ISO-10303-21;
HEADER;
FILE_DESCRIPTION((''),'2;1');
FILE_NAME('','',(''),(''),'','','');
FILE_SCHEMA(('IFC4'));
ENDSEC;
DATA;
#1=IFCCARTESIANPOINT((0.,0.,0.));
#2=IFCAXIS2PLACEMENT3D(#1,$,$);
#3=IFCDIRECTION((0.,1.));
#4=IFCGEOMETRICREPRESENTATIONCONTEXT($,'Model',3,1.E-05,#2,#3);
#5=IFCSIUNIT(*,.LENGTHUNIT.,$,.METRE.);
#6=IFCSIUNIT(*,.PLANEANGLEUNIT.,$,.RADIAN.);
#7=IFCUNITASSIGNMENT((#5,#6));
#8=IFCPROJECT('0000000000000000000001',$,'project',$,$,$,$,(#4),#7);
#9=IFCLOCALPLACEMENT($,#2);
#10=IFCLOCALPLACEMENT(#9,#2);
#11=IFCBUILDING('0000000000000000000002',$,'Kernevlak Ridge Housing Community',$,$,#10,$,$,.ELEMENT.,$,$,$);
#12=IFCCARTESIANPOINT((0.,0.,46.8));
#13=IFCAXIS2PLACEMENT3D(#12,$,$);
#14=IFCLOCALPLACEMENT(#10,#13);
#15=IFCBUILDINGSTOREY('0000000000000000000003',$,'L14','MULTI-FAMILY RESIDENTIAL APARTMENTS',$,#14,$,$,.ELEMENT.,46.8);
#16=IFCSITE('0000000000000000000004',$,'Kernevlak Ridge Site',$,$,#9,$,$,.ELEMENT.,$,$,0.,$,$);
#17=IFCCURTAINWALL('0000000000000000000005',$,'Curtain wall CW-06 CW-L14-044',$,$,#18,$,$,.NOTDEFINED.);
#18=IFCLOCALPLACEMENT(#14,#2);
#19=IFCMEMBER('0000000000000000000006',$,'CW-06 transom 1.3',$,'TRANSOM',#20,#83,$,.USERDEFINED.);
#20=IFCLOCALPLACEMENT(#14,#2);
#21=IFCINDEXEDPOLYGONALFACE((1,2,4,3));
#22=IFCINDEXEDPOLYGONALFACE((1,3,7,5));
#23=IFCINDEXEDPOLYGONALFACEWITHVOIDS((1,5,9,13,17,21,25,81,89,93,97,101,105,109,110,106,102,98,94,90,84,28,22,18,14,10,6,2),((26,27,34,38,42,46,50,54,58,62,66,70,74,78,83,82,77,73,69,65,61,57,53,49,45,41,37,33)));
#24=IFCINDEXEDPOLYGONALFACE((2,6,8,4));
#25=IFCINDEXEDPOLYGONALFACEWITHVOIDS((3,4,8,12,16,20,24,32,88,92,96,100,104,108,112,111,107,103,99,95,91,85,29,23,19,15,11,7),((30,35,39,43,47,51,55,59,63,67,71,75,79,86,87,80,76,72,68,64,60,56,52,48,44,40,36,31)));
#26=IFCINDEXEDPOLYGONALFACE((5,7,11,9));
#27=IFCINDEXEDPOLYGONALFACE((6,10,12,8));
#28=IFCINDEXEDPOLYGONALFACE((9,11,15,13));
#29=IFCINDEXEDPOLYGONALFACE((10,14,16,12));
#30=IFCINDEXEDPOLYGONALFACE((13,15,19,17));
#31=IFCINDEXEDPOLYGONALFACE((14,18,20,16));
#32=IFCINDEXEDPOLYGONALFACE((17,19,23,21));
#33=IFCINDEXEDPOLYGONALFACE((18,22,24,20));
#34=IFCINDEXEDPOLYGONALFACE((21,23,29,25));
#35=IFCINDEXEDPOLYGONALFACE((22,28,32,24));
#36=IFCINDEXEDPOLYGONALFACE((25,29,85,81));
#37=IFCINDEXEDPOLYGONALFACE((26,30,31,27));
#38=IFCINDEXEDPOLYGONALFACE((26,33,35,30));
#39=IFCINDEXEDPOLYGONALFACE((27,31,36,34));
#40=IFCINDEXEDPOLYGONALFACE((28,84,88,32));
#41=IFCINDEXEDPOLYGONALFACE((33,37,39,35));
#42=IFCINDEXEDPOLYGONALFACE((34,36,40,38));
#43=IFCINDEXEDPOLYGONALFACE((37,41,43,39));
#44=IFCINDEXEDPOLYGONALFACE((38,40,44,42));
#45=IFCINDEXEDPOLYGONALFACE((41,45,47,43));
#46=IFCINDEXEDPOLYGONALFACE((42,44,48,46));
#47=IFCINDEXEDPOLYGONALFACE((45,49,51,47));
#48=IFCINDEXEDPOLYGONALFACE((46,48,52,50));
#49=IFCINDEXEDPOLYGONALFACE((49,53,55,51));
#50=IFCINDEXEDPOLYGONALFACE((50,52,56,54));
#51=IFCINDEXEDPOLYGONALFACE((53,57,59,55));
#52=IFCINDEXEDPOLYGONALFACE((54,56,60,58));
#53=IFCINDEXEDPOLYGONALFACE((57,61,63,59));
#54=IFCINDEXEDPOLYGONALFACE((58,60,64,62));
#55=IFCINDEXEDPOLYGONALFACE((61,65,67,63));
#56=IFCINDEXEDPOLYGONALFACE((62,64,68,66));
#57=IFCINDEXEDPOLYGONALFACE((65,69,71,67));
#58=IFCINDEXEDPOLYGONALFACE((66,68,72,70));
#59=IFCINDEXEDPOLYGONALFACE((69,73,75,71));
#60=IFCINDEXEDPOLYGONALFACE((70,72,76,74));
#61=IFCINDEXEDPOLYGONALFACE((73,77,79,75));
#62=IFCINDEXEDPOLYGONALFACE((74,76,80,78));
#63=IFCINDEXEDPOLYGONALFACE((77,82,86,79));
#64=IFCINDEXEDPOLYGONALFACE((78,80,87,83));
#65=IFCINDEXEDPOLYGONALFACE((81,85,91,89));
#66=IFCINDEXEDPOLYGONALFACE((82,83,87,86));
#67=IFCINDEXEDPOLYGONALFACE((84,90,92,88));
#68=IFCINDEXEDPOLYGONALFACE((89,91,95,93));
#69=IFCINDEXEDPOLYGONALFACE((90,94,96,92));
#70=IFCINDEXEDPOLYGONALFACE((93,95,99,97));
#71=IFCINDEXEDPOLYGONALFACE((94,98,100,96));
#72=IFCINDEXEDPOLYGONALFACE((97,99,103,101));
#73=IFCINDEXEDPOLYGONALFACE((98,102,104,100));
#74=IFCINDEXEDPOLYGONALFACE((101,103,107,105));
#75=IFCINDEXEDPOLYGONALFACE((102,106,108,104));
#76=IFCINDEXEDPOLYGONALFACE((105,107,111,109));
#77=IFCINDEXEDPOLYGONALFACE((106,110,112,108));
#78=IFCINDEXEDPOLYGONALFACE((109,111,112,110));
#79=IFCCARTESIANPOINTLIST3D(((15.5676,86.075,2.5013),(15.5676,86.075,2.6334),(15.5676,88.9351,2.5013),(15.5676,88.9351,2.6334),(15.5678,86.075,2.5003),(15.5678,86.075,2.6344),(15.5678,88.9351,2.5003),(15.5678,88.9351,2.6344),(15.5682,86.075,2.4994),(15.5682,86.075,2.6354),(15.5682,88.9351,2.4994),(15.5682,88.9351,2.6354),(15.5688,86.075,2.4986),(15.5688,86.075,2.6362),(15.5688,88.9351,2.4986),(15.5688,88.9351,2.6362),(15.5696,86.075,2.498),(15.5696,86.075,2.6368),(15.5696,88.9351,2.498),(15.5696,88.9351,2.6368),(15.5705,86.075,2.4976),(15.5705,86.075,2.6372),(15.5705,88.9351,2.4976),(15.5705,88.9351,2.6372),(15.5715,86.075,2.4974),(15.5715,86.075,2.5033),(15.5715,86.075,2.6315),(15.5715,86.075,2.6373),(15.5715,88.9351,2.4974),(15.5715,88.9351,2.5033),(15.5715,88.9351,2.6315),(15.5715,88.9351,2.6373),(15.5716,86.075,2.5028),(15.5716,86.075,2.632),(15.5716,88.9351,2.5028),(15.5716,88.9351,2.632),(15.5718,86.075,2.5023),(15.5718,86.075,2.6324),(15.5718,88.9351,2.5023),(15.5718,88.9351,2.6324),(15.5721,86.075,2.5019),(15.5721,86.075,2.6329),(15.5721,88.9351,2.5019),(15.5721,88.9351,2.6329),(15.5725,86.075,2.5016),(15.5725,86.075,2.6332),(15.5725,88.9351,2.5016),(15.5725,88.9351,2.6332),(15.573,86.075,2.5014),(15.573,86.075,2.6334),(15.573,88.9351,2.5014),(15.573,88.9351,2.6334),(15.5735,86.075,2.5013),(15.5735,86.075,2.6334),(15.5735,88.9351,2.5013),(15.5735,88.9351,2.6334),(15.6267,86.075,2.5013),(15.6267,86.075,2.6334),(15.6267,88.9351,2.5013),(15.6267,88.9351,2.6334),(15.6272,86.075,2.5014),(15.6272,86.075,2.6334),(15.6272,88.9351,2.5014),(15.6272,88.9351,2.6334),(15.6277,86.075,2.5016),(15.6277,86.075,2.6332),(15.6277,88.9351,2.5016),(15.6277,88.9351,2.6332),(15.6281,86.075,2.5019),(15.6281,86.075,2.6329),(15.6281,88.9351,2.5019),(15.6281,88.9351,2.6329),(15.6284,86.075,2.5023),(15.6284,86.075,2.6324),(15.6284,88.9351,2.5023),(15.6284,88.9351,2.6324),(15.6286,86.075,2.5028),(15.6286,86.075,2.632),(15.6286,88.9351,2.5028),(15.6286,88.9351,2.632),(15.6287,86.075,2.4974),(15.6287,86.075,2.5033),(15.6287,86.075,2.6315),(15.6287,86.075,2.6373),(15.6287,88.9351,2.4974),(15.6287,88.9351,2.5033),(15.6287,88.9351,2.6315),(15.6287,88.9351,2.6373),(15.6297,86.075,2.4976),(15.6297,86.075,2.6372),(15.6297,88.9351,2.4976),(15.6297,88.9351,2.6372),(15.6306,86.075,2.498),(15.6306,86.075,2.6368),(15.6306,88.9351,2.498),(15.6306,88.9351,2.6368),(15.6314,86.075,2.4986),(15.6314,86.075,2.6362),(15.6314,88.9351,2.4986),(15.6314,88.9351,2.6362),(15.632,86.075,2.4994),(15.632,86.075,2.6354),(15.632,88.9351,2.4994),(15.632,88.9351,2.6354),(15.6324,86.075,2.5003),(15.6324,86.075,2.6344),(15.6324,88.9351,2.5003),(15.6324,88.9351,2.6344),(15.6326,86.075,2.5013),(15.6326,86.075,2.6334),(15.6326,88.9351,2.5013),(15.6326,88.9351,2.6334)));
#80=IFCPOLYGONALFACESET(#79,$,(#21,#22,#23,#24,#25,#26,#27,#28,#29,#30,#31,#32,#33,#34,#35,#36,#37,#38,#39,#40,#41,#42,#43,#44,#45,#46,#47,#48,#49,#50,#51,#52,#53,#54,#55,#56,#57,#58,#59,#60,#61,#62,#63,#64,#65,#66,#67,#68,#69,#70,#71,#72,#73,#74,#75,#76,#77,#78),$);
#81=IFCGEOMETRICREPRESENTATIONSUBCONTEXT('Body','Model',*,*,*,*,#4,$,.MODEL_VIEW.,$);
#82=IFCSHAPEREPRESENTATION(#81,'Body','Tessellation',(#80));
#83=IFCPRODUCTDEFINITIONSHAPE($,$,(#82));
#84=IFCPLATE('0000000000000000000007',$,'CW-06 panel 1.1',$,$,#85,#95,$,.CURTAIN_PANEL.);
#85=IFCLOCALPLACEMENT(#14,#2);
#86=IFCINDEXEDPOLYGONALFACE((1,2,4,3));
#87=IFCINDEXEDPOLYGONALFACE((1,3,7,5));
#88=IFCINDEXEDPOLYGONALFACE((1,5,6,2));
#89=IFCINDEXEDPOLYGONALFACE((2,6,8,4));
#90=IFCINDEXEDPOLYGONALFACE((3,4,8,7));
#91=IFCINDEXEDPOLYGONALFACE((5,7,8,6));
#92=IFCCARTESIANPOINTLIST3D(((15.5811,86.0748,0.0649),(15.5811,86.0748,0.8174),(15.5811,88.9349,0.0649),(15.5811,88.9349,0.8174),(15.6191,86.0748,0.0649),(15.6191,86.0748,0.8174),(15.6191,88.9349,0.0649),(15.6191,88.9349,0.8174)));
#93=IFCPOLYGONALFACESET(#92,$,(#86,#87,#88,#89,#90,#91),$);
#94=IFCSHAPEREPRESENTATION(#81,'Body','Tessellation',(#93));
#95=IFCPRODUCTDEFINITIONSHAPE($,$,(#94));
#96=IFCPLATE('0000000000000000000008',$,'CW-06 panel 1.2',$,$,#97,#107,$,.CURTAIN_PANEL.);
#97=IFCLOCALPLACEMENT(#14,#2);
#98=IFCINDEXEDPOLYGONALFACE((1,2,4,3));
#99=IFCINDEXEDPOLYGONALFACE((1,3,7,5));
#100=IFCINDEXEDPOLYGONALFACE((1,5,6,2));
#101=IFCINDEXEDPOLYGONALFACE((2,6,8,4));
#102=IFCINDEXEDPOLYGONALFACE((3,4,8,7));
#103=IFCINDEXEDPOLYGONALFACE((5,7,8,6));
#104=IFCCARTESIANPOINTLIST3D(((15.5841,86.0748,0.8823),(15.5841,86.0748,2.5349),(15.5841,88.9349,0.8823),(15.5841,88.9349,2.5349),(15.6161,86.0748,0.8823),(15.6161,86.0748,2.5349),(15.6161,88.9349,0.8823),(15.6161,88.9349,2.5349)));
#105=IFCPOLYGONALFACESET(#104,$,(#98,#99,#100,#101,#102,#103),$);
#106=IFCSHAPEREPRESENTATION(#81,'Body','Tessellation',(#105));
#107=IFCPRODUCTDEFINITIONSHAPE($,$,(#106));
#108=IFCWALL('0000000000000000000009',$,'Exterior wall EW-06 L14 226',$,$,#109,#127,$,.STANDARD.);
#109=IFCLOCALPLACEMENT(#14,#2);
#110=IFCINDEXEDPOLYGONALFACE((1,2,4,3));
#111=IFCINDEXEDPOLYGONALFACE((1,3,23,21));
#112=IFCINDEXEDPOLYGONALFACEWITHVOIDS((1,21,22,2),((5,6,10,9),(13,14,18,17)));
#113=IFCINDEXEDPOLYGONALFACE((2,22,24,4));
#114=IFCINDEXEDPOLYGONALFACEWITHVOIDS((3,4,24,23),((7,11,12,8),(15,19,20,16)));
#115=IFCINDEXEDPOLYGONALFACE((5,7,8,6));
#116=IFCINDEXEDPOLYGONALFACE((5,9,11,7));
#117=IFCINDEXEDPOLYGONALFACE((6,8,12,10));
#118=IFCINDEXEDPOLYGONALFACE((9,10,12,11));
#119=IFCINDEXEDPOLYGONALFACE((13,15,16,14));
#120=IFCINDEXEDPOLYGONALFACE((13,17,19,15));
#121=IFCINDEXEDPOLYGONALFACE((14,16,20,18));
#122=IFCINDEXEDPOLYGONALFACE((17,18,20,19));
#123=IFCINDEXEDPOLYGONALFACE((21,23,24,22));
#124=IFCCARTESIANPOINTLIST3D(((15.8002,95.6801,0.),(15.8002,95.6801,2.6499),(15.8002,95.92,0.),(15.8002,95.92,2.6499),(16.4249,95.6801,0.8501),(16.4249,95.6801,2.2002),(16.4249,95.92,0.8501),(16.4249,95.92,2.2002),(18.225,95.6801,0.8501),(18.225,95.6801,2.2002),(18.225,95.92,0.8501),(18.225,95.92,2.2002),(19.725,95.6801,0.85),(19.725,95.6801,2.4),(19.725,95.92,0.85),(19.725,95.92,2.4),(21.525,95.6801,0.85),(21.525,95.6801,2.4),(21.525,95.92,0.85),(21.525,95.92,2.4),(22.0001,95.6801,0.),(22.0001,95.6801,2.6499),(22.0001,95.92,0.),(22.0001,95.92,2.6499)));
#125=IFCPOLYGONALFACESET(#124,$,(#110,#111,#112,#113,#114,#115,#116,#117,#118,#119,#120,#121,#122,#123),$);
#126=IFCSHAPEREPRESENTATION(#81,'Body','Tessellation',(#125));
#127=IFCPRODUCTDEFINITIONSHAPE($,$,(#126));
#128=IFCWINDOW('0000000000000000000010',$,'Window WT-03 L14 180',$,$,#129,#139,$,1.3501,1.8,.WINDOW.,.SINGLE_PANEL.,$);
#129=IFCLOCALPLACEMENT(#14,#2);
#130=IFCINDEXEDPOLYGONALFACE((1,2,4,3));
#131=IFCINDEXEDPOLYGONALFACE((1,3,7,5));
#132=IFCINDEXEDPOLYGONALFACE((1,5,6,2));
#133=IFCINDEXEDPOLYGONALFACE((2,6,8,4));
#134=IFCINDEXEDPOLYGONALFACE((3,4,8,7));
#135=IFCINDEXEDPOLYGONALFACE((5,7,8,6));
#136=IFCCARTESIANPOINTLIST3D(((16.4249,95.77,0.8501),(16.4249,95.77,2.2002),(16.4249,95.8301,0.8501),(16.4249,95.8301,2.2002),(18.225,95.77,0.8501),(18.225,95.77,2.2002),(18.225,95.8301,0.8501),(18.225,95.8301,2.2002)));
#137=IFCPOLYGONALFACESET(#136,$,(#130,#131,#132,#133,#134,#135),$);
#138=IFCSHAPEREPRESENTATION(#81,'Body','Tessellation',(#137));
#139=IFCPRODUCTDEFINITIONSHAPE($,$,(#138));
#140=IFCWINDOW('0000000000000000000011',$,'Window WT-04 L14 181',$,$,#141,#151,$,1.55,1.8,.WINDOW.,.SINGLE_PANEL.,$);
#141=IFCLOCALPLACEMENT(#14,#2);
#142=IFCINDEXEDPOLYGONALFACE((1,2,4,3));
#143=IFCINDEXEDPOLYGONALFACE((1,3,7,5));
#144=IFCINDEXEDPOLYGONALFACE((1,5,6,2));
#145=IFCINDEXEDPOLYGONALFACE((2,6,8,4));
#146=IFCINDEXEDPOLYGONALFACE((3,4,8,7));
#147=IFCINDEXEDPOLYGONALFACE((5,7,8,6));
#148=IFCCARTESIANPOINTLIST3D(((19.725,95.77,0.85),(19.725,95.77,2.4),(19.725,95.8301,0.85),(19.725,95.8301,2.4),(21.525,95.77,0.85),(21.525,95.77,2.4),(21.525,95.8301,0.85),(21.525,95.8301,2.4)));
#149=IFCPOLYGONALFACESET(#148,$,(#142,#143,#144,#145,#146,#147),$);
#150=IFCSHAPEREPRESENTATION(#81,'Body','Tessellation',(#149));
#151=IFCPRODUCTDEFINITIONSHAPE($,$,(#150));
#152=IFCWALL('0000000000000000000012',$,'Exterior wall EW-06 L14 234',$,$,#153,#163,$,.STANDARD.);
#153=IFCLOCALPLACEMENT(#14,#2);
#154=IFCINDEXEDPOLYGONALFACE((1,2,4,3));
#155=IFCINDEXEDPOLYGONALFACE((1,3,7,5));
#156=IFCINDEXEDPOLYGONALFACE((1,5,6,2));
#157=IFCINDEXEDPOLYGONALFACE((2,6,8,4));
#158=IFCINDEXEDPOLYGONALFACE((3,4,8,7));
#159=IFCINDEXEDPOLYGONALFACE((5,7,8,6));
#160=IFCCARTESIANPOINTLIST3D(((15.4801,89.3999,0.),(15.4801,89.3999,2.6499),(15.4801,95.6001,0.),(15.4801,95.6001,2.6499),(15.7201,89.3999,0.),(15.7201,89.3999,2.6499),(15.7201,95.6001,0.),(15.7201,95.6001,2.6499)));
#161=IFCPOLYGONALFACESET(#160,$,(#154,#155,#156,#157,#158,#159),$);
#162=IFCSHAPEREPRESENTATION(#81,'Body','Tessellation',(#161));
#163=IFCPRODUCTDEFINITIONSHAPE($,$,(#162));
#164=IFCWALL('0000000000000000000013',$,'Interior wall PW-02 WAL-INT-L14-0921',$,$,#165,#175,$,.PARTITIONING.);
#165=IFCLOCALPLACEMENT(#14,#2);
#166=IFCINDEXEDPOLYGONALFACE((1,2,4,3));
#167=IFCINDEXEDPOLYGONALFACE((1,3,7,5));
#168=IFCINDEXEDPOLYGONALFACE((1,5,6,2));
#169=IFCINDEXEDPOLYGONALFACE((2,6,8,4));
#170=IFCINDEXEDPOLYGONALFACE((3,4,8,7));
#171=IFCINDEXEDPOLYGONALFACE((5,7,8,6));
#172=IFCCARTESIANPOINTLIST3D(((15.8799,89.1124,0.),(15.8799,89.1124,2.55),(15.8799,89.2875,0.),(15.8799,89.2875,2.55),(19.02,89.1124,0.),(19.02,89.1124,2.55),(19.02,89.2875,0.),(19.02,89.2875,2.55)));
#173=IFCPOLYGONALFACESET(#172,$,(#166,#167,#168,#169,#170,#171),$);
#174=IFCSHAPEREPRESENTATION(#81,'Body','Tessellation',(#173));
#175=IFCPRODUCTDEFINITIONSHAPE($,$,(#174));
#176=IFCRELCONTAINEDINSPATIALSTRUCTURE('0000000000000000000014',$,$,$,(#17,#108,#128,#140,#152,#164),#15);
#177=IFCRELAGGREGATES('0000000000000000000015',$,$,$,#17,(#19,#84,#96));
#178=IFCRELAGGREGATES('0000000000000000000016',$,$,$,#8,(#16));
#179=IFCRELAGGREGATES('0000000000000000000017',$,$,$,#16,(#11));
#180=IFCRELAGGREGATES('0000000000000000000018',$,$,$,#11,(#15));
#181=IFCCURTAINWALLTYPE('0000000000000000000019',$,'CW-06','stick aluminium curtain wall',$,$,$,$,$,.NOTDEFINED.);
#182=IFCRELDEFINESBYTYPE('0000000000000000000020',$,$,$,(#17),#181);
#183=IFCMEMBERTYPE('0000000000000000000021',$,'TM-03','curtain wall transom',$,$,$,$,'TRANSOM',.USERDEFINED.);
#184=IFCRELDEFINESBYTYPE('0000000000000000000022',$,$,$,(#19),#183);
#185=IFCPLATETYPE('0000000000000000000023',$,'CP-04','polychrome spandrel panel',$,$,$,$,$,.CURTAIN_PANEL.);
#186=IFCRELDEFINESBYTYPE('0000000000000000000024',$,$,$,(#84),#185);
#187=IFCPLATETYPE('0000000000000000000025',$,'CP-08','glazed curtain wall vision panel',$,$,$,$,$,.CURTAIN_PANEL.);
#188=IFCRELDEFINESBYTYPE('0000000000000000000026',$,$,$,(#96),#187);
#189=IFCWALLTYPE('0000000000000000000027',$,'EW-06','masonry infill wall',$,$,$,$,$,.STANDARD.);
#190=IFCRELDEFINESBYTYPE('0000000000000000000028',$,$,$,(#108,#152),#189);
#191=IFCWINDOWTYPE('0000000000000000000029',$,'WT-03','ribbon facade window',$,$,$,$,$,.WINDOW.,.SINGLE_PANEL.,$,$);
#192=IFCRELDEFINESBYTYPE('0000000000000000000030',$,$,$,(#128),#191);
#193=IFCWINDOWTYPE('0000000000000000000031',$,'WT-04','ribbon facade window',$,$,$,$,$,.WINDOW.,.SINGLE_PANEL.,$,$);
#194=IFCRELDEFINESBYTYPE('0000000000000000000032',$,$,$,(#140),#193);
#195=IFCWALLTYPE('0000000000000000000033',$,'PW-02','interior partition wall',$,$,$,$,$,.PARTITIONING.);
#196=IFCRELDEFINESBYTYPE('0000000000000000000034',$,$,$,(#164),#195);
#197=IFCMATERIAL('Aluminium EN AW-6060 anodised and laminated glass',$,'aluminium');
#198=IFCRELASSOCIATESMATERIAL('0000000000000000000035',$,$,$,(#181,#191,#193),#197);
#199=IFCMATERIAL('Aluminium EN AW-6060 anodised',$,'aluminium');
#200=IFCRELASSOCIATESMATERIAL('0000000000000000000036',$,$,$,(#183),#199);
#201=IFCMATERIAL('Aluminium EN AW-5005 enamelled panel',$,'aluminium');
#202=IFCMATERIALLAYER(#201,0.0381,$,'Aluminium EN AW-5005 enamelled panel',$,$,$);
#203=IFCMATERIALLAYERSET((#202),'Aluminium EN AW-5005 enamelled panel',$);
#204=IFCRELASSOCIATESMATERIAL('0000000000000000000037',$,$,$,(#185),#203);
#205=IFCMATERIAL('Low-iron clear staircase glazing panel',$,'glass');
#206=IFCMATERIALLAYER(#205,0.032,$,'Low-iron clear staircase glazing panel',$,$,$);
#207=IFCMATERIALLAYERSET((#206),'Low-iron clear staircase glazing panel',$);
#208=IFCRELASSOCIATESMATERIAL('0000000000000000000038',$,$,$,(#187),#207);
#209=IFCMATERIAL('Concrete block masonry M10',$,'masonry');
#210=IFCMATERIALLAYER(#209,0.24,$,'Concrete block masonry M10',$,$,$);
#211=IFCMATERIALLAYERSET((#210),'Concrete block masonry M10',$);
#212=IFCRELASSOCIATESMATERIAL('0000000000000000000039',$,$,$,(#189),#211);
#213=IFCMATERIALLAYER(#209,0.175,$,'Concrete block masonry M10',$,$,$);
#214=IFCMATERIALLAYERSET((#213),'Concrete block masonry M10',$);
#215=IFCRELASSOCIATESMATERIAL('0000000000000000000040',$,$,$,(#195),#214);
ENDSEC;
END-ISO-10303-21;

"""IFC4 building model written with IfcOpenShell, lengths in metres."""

from ifc_helpers import new_model, si_unit, direction, frame, frame_2d, origin, origin_2d, place, context, subcontext, project, spatial, rectangle, hollow_rectangle, extrude, material, layer, layer_set, material_profile, profile_set, type_object, element, fill, aggregate, save


model = new_model("IFC4")

# Units and contexts
model_context = context("Model", 3, precision=1e-05, world=origin(), true_north=direction((0.0, 1.0)))
body_context = subcontext(model_context, "Body", "Model", "MODEL_VIEW")
ifc_project = project(units=[si_unit("LENGTHUNIT", "METRE"), si_unit("PLANEANGLEUNIT", "RADIAN")], contexts=[model_context])

# Site, building, storey
site_placement = place(None, origin())
site = spatial("IfcSite", under=ifc_project, at=site_placement, Name="Kernevlak Ridge Site", CompositionType="ELEMENT", RefElevation=0.0)
building_placement = place(site_placement, origin())
building = spatial("IfcBuilding", under=site, at=building_placement, Name="Kernevlak Ridge Housing Community", CompositionType="ELEMENT")
storey_placement = place(building_placement, frame((0.0, 0.0, 46.8)))
storey = spatial("IfcBuildingStorey", under=building, at=storey_placement, Name="L14", Description="MULTI-FAMILY RESIDENTIAL APARTMENTS", CompositionType="ELEMENT", Elevation=46.8)

# Curtain wall
ifc_material_1 = material(Name="Aluminium EN AW-6060 anodised and laminated glass", Category="aluminium")
curtain_wall_type = type_object("IfcCurtainWallType", Name="CW-06", Description="stick aluminium curtain wall", PredefinedType="NOTDEFINED", material=ifc_material_1)
curtain_wall_placement = place(storey_placement, origin())
curtain_wall = element("IfcCurtainWall", 1, at=curtain_wall_placement, inside=storey, type_object=curtain_wall_type, Name="Curtain wall CW-06 CW-L14-044", PredefinedType="NOTDEFINED")
ifc_material_2 = material(Name="Aluminium EN AW-6060 anodised", Category="aluminium")

# Member
ifc_material_profile_1 = material_profile(ifc_material_2, hollow_rectangle(XDim=0.0649, YDim=0.1399, WallThickness=0.0039, InnerFilletRadius=0.002, OuterFilletRadius=0.0039, at=origin_2d()), Name="ALU 65x140x4")
ifc_profile_set_1 = profile_set([ifc_material_profile_1], Name="Aluminium EN AW-6060 anodised")
member_type_1 = type_object("IfcMemberType", Name="TM-03", Description="curtain wall transom", ElementType="TRANSOM", PredefinedType="USERDEFINED", material=ifc_profile_set_1)
member_1_placement = place(storey_placement, frame((15.6001, 86.075, 2.5674), z_axis=(0.0, 1.0, 0.0), x_axis=(-1.0, 0.0, 0.0)))
member_1 = element("IfcMember", 2, at=member_1_placement, type_object=member_type_1, Name="CW-06 transom 1.3", ObjectType="TRANSOM", PredefinedType="USERDEFINED", context=body_context, shape_type="SweptSolid", body=[
    extrude(hollow_rectangle(XDim=0.0649, YDim=0.1399, WallThickness=0.0039, InnerFilletRadius=0.002, OuterFilletRadius=0.0039, at=origin_2d()), origin(), (0.0, 0.0, 1.0), 2.8601),
])

# Plates
ifc_material_3 = material(Name="Aluminium EN AW-5005 enamelled panel", Category="aluminium")
ifc_layer_1 = layer(ifc_material_3, 0.0381, Name="Aluminium EN AW-5005 enamelled panel")
ifc_layer_set_1 = layer_set([ifc_layer_1], Name="Aluminium EN AW-5005 enamelled panel")
plate_type_1 = type_object("IfcPlateType", Name="CP-04", Description="polychrome spandrel panel", PredefinedType="CURTAIN_PANEL", material=ifc_layer_set_1)
plate_1_placement = place(storey_placement, frame((15.6001, 87.5049, 0.0649), z_axis=(0.0, 0.0, 1.0), x_axis=(0.0, 1.0, 0.0)))
plate_1 = element("IfcPlate", 3, at=plate_1_placement, type_object=plate_type_1, Name="CW-06 panel 1.1", PredefinedType="CURTAIN_PANEL", context=body_context, shape_type="SweptSolid", body=[
    extrude(rectangle(XDim=2.8601, YDim=0.0381, at=origin_2d()), origin(), (0.0, 0.0, 1.0), 0.7524),
])
ifc_material_4 = material(Name="Low-iron clear staircase glazing panel", Category="glass")
ifc_layer_2 = layer(ifc_material_4, 0.032, Name="Low-iron clear staircase glazing panel")
ifc_layer_set_2 = layer_set([ifc_layer_2], Name="Low-iron clear staircase glazing panel")
plate_type_2 = type_object("IfcPlateType", Name="CP-08", Description="glazed curtain wall vision panel", PredefinedType="CURTAIN_PANEL", material=ifc_layer_set_2)
plate_2_placement = place(storey_placement, frame((15.6001, 87.5049, 0.8823), z_axis=(0.0, 0.0, 1.0), x_axis=(0.0, 1.0, 0.0)))
plate_2 = element("IfcPlate", 4, at=plate_2_placement, type_object=plate_type_2, Name="CW-06 panel 1.2", PredefinedType="CURTAIN_PANEL", context=body_context, shape_type="SweptSolid", body=[
    extrude(rectangle(XDim=2.8601, YDim=0.032, at=origin_2d()), origin(), (0.0, 0.0, 1.0), 1.6526),
])
aggregate(curtain_wall, [member_1, plate_1, plate_2])

# Wall, openings, windows
ifc_material_5 = material(Name="Concrete block masonry M10", Category="masonry")
ifc_layer_3 = layer(ifc_material_5, 0.24, Name="Concrete block masonry M10")
ifc_layer_set_3 = layer_set([ifc_layer_3], Name="Concrete block masonry M10")
wall_type_1 = type_object("IfcWallType", Name="EW-06", Description="masonry infill wall", PredefinedType="STANDARD", material=ifc_layer_set_3)
wall_1_placement = place(storey_placement, frame((15.8, 95.8, 0.0), z_axis=(0.0, 0.0, 1.0), x_axis=(1.0, 0.0, 0.0)))
wall_1 = element("IfcWall", 5, at=wall_1_placement, inside=storey, type_object=wall_type_1, Name="Exterior wall EW-06 L14 226", PredefinedType="STANDARD", context=body_context, shape_type="SweptSolid", body=[
    extrude(rectangle(XDim=6.2, YDim=0.24, at=frame_2d((3.1001, 0.0))), origin(), (0.0, 0.0, 1.0), 2.6499),
])
opening_1_placement = place(wall_1_placement, frame((0.625, 0.0, 0.8501)))
opening_1 = element("IfcOpeningElement", 6, at=opening_1_placement, cuts=wall_1, PredefinedType="OPENING", context=body_context, shape_type="SweptSolid", body=[
    extrude(rectangle(XDim=1.8, YDim=1.3501, at=frame_2d((0.8999, 0.675))), frame((0.0, 0.1299, 0.0), z_axis=(0.0, -1.0, 0.0), x_axis=(1.0, 0.0, 0.0)), (0.0, 0.0, 1.0), 0.26),
])
opening_2_placement = place(wall_1_placement, frame((3.925, 0.0, 0.8501)))
opening_2 = element("IfcOpeningElement", 7, at=opening_2_placement, cuts=wall_1, PredefinedType="OPENING", context=body_context, shape_type="SweptSolid", body=[
    extrude(rectangle(XDim=1.8, YDim=1.55, at=frame_2d((0.8999, 0.7749))), frame((0.0, 0.1299, 0.0), z_axis=(0.0, -1.0, 0.0), x_axis=(1.0, 0.0, 0.0)), (0.0, 0.0, 1.0), 0.26),
])
window_type_1 = type_object("IfcWindowType", Name="WT-03", Description="ribbon facade window", PartitioningType="SINGLE_PANEL", PredefinedType="WINDOW", material=ifc_material_1)
window_1_placement = place(opening_1_placement, origin())
window_1 = element("IfcWindow", 8, at=window_1_placement, inside=storey, type_object=window_type_1, Name="Window WT-03 L14 180", OverallHeight=1.3501, OverallWidth=1.8, PartitioningType="SINGLE_PANEL", PredefinedType="WINDOW", context=body_context, shape_type="SweptSolid", body=[
    extrude(rectangle(XDim=1.8, YDim=1.3501, at=frame_2d((0.8999, 0.675))), frame((0.0, 0.03, 0.0), z_axis=(0.0, -1.0, 0.0), x_axis=(1.0, 0.0, 0.0)), (0.0, 0.0, 1.0), 0.0601),
])
fill(opening_1, window_1)
window_type_2 = type_object("IfcWindowType", Name="WT-04", Description="ribbon facade window", PartitioningType="SINGLE_PANEL", PredefinedType="WINDOW", material=ifc_material_1)
window_2_placement = place(opening_2_placement, origin())
window_2 = element("IfcWindow", 9, at=window_2_placement, inside=storey, type_object=window_type_2, Name="Window WT-04 L14 181", OverallHeight=1.55, OverallWidth=1.8, PartitioningType="SINGLE_PANEL", PredefinedType="WINDOW", context=body_context, shape_type="SweptSolid", body=[
    extrude(rectangle(XDim=1.8, YDim=1.55, at=frame_2d((0.8999, 0.7749))), frame((0.0, 0.03, 0.0), z_axis=(0.0, -1.0, 0.0), x_axis=(1.0, 0.0, 0.0)), (0.0, 0.0, 1.0), 0.0601),
])
fill(opening_2, window_2)

# Wall
wall_2_placement = place(storey_placement, frame((15.6001, 89.3999, 0.0), z_axis=(0.0, 0.0, 1.0), x_axis=(0.0, 1.0, 0.0)))
element("IfcWall", 10, at=wall_2_placement, inside=storey, type_object=wall_type_1, Name="Exterior wall EW-06 L14 234", PredefinedType="STANDARD", context=body_context, shape_type="SweptSolid", body=[
    extrude(rectangle(XDim=6.2002, YDim=0.24, at=frame_2d((3.1001, 0.0))), origin(), (0.0, 0.0, 1.0), 2.6499),
])

# Wall
ifc_layer_4 = layer(ifc_material_5, 0.175, Name="Concrete block masonry M10")
ifc_layer_set_4 = layer_set([ifc_layer_4], Name="Concrete block masonry M10")
wall_type_2 = type_object("IfcWallType", Name="PW-02", Description="interior partition wall", PredefinedType="PARTITIONING", material=ifc_layer_set_4)
wall_3_placement = place(storey_placement, frame((15.8799, 89.2, 0.0), z_axis=(0.0, 0.0, 1.0), x_axis=(1.0, 0.0, 0.0)))
element("IfcWall", 11, at=wall_3_placement, inside=storey, type_object=wall_type_2, Name="Interior wall PW-02 WAL-INT-L14-0921", PredefinedType="PARTITIONING", context=body_context, shape_type="SweptSolid", body=[
    extrude(rectangle(XDim=3.1401, YDim=0.175, at=frame_2d((1.5701, 0.0))), origin(), (0.0, 0.0, 1.0), 2.55),
])

save(model, "model.ifc")
